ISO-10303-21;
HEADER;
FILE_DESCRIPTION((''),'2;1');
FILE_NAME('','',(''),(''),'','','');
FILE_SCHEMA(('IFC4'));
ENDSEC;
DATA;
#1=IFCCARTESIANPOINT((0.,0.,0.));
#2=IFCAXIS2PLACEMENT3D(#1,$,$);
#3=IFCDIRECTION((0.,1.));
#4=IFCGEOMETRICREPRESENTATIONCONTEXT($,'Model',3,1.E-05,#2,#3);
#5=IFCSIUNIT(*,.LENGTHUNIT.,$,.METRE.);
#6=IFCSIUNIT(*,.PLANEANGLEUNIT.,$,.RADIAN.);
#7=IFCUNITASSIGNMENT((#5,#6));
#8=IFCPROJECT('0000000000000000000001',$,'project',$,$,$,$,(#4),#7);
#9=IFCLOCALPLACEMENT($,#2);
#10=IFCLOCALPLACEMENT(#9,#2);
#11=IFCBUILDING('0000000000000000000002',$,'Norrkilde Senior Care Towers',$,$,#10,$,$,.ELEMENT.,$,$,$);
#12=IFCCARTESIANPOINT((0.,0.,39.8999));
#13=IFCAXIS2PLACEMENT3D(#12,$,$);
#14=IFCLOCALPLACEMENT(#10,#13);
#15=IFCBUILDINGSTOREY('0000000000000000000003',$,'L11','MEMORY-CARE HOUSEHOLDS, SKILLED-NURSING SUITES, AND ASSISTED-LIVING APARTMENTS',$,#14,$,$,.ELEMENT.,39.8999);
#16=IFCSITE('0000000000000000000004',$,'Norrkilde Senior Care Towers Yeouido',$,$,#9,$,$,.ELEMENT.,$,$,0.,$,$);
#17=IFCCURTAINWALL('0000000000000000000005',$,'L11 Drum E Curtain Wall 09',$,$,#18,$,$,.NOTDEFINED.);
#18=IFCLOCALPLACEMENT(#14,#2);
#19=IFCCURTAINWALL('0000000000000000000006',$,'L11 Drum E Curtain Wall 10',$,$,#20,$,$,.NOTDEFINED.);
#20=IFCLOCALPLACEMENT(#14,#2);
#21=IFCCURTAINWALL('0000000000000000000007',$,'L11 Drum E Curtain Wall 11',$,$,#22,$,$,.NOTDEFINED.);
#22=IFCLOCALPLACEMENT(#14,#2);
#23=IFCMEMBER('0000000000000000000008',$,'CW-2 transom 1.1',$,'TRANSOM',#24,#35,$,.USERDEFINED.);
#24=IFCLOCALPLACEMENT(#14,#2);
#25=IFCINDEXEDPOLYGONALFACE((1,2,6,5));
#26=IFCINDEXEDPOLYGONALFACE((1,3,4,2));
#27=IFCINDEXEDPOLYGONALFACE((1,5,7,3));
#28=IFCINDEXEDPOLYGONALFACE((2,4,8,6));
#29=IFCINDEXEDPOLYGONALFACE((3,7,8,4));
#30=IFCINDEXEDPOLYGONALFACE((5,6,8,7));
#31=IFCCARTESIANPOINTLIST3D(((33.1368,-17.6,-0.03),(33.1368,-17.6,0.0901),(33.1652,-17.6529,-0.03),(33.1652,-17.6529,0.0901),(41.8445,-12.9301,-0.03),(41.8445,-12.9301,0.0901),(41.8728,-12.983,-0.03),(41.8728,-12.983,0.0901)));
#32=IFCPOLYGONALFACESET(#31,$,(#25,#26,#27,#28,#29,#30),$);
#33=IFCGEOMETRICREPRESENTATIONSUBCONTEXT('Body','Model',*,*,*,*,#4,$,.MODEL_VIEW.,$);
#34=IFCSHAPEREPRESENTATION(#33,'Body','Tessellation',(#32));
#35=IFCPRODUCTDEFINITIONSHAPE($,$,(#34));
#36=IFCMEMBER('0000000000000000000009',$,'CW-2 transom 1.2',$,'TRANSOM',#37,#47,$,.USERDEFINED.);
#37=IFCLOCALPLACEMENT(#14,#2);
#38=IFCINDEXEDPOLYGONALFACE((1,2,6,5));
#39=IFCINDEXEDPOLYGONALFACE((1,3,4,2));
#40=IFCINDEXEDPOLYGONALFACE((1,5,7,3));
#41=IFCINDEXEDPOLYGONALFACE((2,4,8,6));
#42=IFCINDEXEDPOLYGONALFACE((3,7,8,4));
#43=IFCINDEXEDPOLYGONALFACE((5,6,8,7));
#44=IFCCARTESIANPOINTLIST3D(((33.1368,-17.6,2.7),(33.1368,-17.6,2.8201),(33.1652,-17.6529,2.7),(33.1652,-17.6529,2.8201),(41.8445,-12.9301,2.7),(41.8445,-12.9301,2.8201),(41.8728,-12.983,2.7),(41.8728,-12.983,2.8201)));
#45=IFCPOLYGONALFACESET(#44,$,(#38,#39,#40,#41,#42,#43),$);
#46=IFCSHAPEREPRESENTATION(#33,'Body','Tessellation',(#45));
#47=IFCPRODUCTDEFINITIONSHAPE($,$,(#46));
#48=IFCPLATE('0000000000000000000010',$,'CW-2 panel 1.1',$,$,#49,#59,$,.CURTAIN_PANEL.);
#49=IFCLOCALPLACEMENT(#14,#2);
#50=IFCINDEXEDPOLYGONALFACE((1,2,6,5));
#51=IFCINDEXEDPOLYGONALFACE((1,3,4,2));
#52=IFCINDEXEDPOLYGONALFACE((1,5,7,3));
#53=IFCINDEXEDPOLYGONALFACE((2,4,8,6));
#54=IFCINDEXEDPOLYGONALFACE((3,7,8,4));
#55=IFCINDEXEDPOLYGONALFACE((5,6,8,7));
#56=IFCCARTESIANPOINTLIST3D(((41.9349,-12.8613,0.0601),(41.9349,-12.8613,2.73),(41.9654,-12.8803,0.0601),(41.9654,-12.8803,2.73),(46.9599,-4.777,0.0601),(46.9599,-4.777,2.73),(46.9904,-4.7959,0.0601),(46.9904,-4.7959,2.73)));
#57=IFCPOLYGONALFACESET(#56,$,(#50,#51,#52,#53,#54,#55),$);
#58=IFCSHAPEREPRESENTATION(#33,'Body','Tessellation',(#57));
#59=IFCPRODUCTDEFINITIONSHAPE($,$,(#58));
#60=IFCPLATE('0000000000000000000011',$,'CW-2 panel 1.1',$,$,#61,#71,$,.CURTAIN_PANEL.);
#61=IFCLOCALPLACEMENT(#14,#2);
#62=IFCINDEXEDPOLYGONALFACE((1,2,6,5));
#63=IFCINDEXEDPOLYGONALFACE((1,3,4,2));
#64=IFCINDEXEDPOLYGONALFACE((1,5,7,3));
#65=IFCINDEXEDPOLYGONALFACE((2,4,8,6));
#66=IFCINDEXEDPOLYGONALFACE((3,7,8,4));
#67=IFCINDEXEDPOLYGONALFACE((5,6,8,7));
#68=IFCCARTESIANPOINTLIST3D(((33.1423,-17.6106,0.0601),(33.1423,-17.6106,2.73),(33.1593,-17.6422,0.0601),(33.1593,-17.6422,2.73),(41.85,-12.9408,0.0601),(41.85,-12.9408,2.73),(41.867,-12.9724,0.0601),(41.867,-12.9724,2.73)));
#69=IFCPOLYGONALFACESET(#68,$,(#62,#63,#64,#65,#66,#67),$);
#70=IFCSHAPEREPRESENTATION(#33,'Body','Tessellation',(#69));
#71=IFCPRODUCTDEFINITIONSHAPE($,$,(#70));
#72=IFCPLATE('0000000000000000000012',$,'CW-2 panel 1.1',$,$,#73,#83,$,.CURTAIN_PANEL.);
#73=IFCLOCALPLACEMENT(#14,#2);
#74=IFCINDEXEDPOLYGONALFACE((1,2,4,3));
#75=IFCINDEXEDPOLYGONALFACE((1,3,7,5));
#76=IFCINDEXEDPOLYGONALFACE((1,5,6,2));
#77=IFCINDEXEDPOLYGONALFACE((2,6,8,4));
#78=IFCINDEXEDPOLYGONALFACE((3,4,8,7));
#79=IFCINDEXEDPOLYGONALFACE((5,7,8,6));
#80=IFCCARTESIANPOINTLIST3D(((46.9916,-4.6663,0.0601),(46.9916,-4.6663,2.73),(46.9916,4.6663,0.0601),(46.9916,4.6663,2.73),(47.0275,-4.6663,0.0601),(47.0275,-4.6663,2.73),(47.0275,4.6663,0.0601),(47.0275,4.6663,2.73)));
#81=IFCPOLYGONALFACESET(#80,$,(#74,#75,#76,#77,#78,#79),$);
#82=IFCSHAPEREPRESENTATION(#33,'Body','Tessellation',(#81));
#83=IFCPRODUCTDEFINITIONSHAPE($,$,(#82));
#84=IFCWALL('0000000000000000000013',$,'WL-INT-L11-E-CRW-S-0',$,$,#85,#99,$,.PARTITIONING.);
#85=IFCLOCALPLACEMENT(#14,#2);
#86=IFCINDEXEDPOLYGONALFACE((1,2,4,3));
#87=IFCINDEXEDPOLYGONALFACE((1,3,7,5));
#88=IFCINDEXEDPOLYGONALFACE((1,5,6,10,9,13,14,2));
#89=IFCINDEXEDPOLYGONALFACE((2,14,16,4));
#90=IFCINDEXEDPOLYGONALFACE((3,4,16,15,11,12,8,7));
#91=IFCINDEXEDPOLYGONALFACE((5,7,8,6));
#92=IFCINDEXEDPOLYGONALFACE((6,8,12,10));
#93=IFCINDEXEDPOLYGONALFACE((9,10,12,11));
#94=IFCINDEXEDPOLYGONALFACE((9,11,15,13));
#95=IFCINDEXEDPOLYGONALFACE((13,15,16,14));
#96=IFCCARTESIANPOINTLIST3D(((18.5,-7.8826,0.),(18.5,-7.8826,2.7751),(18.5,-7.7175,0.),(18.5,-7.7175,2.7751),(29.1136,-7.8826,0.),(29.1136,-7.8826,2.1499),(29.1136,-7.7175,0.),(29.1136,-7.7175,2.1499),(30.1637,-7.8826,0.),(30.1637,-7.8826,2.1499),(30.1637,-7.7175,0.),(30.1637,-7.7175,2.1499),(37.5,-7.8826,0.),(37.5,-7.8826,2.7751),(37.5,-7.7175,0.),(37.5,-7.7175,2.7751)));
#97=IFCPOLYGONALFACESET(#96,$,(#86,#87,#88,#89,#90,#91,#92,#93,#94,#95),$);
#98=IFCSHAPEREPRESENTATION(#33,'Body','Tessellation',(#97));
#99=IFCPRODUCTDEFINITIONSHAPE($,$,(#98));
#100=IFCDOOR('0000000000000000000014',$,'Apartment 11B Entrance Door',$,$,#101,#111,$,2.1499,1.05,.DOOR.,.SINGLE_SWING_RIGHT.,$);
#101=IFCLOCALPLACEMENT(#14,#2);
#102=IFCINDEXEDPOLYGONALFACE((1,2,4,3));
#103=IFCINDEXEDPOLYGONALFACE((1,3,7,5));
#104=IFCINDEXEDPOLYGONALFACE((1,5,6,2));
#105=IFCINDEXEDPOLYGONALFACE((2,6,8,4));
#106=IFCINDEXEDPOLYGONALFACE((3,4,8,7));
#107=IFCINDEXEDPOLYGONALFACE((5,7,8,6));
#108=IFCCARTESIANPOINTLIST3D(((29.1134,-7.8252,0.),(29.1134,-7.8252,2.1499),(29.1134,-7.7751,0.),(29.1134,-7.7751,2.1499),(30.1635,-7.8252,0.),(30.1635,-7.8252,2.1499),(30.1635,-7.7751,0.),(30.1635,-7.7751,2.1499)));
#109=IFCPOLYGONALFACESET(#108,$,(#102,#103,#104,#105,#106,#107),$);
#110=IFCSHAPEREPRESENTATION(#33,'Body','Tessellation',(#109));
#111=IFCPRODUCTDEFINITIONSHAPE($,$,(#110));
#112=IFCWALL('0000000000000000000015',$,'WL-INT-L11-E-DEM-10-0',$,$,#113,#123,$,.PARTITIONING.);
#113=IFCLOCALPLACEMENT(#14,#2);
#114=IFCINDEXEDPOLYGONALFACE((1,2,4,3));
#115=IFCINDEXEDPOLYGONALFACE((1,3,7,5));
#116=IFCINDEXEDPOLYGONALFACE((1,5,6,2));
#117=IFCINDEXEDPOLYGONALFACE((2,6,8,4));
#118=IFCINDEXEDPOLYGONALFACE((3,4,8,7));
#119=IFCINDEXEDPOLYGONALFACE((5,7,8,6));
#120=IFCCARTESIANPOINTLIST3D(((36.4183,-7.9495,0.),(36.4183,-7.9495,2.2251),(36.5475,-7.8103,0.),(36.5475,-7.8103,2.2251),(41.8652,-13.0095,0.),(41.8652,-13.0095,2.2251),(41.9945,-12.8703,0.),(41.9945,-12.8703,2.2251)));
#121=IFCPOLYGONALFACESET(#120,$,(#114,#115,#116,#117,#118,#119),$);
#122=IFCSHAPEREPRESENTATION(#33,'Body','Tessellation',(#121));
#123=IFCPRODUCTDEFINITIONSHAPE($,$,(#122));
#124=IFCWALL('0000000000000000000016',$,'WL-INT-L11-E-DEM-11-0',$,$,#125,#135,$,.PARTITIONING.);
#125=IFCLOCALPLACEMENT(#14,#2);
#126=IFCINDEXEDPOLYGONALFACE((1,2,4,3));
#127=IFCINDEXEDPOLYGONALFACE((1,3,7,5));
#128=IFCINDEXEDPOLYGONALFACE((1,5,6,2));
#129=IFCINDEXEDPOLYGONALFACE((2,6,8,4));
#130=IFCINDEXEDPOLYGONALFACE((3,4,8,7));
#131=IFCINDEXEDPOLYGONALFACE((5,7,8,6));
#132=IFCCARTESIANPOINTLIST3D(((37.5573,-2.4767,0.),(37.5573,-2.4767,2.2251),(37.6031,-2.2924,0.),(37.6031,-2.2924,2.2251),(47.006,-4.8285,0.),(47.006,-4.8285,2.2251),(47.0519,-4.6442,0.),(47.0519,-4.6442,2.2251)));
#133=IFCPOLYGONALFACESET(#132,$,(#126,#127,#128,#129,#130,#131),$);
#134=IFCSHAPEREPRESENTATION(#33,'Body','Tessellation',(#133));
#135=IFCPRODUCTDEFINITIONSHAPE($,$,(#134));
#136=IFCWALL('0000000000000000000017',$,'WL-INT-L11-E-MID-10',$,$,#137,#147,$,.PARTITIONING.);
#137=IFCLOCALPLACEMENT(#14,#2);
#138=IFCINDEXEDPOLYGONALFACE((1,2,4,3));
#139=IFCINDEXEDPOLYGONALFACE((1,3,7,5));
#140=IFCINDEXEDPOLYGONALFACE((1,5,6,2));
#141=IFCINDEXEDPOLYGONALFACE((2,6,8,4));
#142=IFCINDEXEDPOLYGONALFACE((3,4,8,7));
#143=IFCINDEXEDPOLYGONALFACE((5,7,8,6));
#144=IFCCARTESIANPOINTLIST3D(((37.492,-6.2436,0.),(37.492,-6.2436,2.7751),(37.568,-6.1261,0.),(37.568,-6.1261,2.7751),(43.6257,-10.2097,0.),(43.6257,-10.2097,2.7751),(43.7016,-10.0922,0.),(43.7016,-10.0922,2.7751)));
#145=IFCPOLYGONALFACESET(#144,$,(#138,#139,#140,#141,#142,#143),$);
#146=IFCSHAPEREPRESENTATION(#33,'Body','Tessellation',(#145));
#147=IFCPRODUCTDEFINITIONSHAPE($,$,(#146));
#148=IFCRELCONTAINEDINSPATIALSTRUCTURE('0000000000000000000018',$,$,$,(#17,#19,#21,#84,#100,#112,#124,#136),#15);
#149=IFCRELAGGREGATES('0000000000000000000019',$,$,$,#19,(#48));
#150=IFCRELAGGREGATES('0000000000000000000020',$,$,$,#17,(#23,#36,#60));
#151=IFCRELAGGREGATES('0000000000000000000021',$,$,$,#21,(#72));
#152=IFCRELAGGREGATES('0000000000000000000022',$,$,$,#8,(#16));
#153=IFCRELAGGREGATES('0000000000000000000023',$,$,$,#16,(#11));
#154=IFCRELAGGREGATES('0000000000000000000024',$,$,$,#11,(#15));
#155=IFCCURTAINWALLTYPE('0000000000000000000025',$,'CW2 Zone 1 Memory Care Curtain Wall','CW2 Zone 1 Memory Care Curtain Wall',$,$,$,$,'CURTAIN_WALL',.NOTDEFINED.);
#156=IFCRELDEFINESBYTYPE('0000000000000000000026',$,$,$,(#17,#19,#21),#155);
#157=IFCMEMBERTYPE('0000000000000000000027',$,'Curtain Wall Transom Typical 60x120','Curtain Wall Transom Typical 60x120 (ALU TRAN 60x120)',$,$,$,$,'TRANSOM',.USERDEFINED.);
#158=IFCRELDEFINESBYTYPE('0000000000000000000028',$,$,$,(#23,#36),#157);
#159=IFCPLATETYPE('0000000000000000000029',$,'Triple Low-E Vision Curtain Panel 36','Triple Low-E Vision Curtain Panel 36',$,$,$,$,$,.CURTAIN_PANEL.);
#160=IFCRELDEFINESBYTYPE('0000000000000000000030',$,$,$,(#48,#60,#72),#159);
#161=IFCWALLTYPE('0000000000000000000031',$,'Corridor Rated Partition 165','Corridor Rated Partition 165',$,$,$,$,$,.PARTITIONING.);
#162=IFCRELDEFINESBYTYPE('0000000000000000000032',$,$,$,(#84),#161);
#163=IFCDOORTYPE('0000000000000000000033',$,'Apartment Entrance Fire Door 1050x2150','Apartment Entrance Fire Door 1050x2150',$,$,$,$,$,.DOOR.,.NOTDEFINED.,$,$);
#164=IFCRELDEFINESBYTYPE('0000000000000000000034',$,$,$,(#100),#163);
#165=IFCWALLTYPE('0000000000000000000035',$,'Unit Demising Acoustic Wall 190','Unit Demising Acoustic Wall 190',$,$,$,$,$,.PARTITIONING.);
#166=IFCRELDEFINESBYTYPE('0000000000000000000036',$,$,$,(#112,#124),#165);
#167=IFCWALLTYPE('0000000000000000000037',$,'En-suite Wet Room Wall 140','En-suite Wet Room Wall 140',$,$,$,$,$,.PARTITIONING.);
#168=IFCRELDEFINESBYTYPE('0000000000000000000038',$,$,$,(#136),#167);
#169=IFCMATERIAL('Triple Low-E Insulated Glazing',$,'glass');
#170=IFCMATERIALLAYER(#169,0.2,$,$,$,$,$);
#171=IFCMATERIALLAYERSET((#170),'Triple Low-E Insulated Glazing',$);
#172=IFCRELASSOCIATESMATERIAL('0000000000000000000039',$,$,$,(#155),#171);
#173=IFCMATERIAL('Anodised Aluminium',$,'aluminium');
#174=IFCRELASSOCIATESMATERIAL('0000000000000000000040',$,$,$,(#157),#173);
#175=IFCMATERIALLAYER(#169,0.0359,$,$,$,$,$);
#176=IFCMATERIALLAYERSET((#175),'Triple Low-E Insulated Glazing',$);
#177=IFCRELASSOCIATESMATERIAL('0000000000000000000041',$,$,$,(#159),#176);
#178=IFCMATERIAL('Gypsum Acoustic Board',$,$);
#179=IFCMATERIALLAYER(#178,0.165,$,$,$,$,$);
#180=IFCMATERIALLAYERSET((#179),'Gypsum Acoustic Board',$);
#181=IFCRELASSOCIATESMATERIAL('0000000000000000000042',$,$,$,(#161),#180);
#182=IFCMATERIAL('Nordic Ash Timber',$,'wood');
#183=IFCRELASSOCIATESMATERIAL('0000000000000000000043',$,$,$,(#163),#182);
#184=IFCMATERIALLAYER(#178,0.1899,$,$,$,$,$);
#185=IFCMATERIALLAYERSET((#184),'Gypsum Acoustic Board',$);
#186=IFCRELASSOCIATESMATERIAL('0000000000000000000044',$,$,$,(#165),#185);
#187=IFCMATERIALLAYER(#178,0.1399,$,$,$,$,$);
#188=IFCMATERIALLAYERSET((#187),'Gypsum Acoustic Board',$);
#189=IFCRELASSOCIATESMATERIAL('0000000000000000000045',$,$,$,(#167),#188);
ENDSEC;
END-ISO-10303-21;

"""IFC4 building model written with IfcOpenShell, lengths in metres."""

from ifc_helpers import new_model, si_unit, direction, frame, frame_2d, origin, origin_2d, place, context, subcontext, project, spatial, rectangle, extrude, source, transform, mapped, material, layer, layer_set, material_profile, profile_set, type_object, type_shapes, element, fill, aggregate, save


model = new_model("IFC4")

# Units and contexts
model_context = context("Model", 3, precision=1e-05, world=origin(), true_north=direction((0.0, 1.0)))
body_context = subcontext(model_context, "Body", "Model", "MODEL_VIEW")
ifc_project = project(units=[si_unit("LENGTHUNIT", "METRE"), si_unit("PLANEANGLEUNIT", "RADIAN")], contexts=[model_context])

# Site, building, storey
site_placement = place(None, origin())
site = spatial("IfcSite", under=ifc_project, at=site_placement, Name="Norrkilde Senior Care Towers Yeouido", CompositionType="ELEMENT", RefElevation=0.0)
building_placement = place(site_placement, origin())
building = spatial("IfcBuilding", under=site, at=building_placement, Name="Norrkilde Senior Care Towers", CompositionType="ELEMENT")
storey_placement = place(building_placement, frame((0.0, 0.0, 39.8999)))
storey = spatial("IfcBuildingStorey", under=building, at=storey_placement, Name="L11", Description="MEMORY-CARE HOUSEHOLDS, SKILLED-NURSING SUITES, AND ASSISTED-LIVING APARTMENTS", CompositionType="ELEMENT", Elevation=39.8999)

# Curtain wall
ifc_material_1 = material(Name="Triple Low-E Insulated Glazing", Category="glass")
ifc_layer_1 = layer(ifc_material_1, 0.2)
ifc_layer_set_1 = layer_set([ifc_layer_1], Name="Triple Low-E Insulated Glazing")
curtain_wall_type = type_object("IfcCurtainWallType", Name="CW2 Zone 1 Memory Care Curtain Wall", Description="CW2 Zone 1 Memory Care Curtain Wall", ElementType="CURTAIN_WALL", PredefinedType="NOTDEFINED", material=ifc_layer_set_1)
curtain_wall_1_placement = place(storey_placement, origin())
curtain_wall_1 = element("IfcCurtainWall", 1, at=curtain_wall_1_placement, inside=storey, type_object=curtain_wall_type, Name="L11 Drum E Curtain Wall 09", PredefinedType="NOTDEFINED")
ifc_material_2 = material(Name="Anodised Aluminium", Category="aluminium")

# Curtain wall
curtain_wall_2_placement = place(storey_placement, origin())
curtain_wall_2 = element("IfcCurtainWall", 2, at=curtain_wall_2_placement, inside=storey, type_object=curtain_wall_type, Name="L11 Drum E Curtain Wall 10", PredefinedType="NOTDEFINED")

# Curtain wall
curtain_wall_3_placement = place(storey_placement, origin())
curtain_wall_3 = element("IfcCurtainWall", 3, at=curtain_wall_3_placement, inside=storey, type_object=curtain_wall_type, Name="L11 Drum E Curtain Wall 11", PredefinedType="NOTDEFINED")

# Members
ifc_material_profile_1 = material_profile(ifc_material_2, rectangle(XDim=0.0601, YDim=0.1201, at=origin_2d()), Name="ALU TRAN 60x120")
ifc_profile_set_1 = profile_set([ifc_material_profile_1], Name="Anodised Aluminium")
member_type_1 = type_object("IfcMemberType", Name="Curtain Wall Transom Typical 60x120", Description="Curtain Wall Transom Typical 60x120 (ALU TRAN 60x120)", ElementType="TRANSOM", PredefinedType="USERDEFINED", material=ifc_profile_set_1)
shared_shape_1 = source(origin(), body_context, "Body", "SweptSolid", [
    extrude(rectangle(XDim=0.0601, YDim=0.1201, at=origin_2d()), origin(), (0.0, 0.0, 1.0), 9.8809),
])
member_1_placement = place(storey_placement, frame((41.8586, -12.9565, 0.03), z_axis=(-0.881267, -0.472618, 0.0), x_axis=(0.472618, -0.881267, 0.0)))
member_1 = element("IfcMember", 4, at=member_1_placement, type_object=member_type_1, Name="CW-2 transom 1.1", ObjectType="TRANSOM", PredefinedType="USERDEFINED", context=body_context, shape_type="MappedRepresentation", body=[
    mapped(shared_shape_1, transform((0.0, 0.0, 0.0), x_axis=(1.0, 0.0, 0.0), y_axis=(0.0, 1.0, 0.0), z_axis=(0.0, 0.0, 1.0), scale=1.0)),
])
member_2_placement = place(storey_placement, frame((41.8586, -12.9565, 2.76), z_axis=(-0.881267, -0.472618, 0.0), x_axis=(0.472618, -0.881267, 0.0)))
member_2 = element("IfcMember", 5, at=member_2_placement, type_object=member_type_1, Name="CW-2 transom 1.2", ObjectType="TRANSOM", PredefinedType="USERDEFINED", context=body_context, shape_type="MappedRepresentation", body=[
    mapped(shared_shape_1, transform((0.0, 0.0, 0.0), x_axis=(1.0, 0.0, 0.0), y_axis=(0.0, 1.0, 0.0), z_axis=(0.0, 0.0, 1.0), scale=1.0)),
])

# Plates
ifc_layer_2 = layer(ifc_material_1, 0.0359)
ifc_layer_set_2 = layer_set([ifc_layer_2], Name="Triple Low-E Insulated Glazing")
plate_type = type_object("IfcPlateType", Name="Triple Low-E Vision Curtain Panel 36", Description="Triple Low-E Vision Curtain Panel 36", PredefinedType="CURTAIN_PANEL", material=ifc_layer_set_2)
shared_shape_2 = source(origin(), body_context, "Body", "SweptSolid", [
    extrude(rectangle(XDim=9.5188, YDim=0.0359, at=origin_2d()), origin(), (0.0, 0.0, 1.0), 2.6699),
])
plate_1_placement = place(storey_placement, frame((44.4626, -8.8286, 0.0601), z_axis=(0.0, 0.0, 1.0), x_axis=(-0.527901, -0.849306, 0.0)))
plate_1 = element("IfcPlate", 6, at=plate_1_placement, type_object=plate_type, Name="CW-2 panel 1.1", PredefinedType="CURTAIN_PANEL", context=body_context, shape_type="MappedRepresentation", body=[
    mapped(shared_shape_2, transform((0.0, 0.0, 0.0), x_axis=(1.0, 0.0, 0.0), y_axis=(0.0, 1.0, 0.0), z_axis=(0.0, 0.0, 1.0), scale=1.0)),
])
aggregate(curtain_wall_2, [plate_1])
shared_shape_3 = source(origin(), body_context, "Body", "SweptSolid", [
    extrude(rectangle(XDim=9.8809, YDim=0.0359, at=origin_2d()), origin(), (0.0, 0.0, 1.0), 2.6699),
])
plate_2_placement = place(storey_placement, frame((37.5046, -15.2915, 0.0601), z_axis=(0.0, 0.0, 1.0), x_axis=(-0.881273, -0.472608, 0.0)))
plate_2 = element("IfcPlate", 7, at=plate_2_placement, type_object=plate_type, Name="CW-2 panel 1.1", PredefinedType="CURTAIN_PANEL", context=body_context, shape_type="MappedRepresentation", body=[
    mapped(shared_shape_3, transform((0.0, 0.0, 0.0), x_axis=(1.0, 0.0, 0.0), y_axis=(0.0, 1.0, 0.0), z_axis=(0.0, 0.0, 1.0), scale=1.0)),
])
aggregate(curtain_wall_1, [member_1, member_2, plate_2])
shared_shape_4 = source(origin(), body_context, "Body", "SweptSolid", [
    extrude(rectangle(XDim=9.3325, YDim=0.0359, at=origin_2d()), origin(), (0.0, 0.0, 1.0), 2.6699),
])
type_shapes(plate_type, [shared_shape_2, shared_shape_3, shared_shape_4])
plate_3_placement = place(storey_placement, frame((47.0095, 0.0, 0.0601), z_axis=(0.0, 0.0, 1.0), x_axis=(0.0, -1.0, 0.0)))
plate_3 = element("IfcPlate", 8, at=plate_3_placement, type_object=plate_type, Name="CW-2 panel 1.1", PredefinedType="CURTAIN_PANEL", context=body_context, shape_type="MappedRepresentation", body=[
    mapped(shared_shape_4, transform((0.0, 0.0, 0.0), x_axis=(1.0, 0.0, 0.0), y_axis=(0.0, 1.0, 0.0), z_axis=(0.0, 0.0, 1.0), scale=1.0)),
])
aggregate(curtain_wall_3, [plate_3])

# Wall, opening, door
ifc_material_3 = material(Name="Gypsum Acoustic Board")
ifc_layer_3 = layer(ifc_material_3, 0.165)
ifc_layer_set_3 = layer_set([ifc_layer_3], Name="Gypsum Acoustic Board")
wall_type_1 = type_object("IfcWallType", Name="Corridor Rated Partition 165", Description="Corridor Rated Partition 165", PredefinedType="PARTITIONING", material=ifc_layer_set_3)
shared_shape_5 = source(origin(), body_context, "Body", "SweptSolid", [
    extrude(rectangle(XDim=19.0, YDim=0.165, at=frame_2d((9.5, 0.0))), origin(), (0.0, 0.0, 1.0), 2.7751),
])
type_shapes(wall_type_1, [shared_shape_5])
wall_1_placement = place(storey_placement, frame((37.5, -7.8, 0.0), z_axis=(0.0, 0.0, 1.0), x_axis=(-1.0, 0.0, 0.0)))
wall_1 = element("IfcWall", 9, at=wall_1_placement, inside=storey, type_object=wall_type_1, Name="WL-INT-L11-E-CRW-S-0", PredefinedType="PARTITIONING", context=body_context, shape_type="MappedRepresentation", body=[
    mapped(shared_shape_5, transform((0.0, 0.0, 0.0), x_axis=(1.0, 0.0, 0.0), y_axis=(0.0, 1.0, 0.0), z_axis=(0.0, 0.0, 1.0), scale=1.0)),
])
opening_placement = place(wall_1_placement, frame((7.3364, 0.0, 0.0)))
opening = element("IfcOpeningElement", 10, at=opening_placement, cuts=wall_1, PredefinedType="OPENING", context=body_context, shape_type="SweptSolid", body=[
    extrude(rectangle(XDim=1.05, YDim=2.1499, at=frame_2d((0.5249, 1.075))), frame((0.0, 0.0925, 0.0), z_axis=(0.0, -1.0, 0.0), x_axis=(1.0, 0.0, 0.0)), (0.0, 0.0, 1.0), 0.1851),
])
ifc_material_4 = material(Name="Nordic Ash Timber", Category="wood")
door_type = type_object("IfcDoorType", Name="Apartment Entrance Fire Door 1050x2150", Description="Apartment Entrance Fire Door 1050x2150", OperationType="NOTDEFINED", PredefinedType="DOOR", material=ifc_material_4)
shared_shape_6 = source(origin(), body_context, "Body", "SweptSolid", [
    extrude(rectangle(XDim=1.05, YDim=2.1499, at=frame_2d((0.5249, 1.075))), frame((0.0, 0.0249, 0.0), z_axis=(0.0, -1.0, 0.0), x_axis=(1.0, 0.0, 0.0)), (0.0, 0.0, 1.0), 0.05),
])
type_shapes(door_type, [shared_shape_6])
door_placement = place(opening_placement, frame((1.05, 0.0, 0.0), z_axis=(0.0, 0.0, 1.0), x_axis=(-1.0, 0.0, 0.0)))
door = element("IfcDoor", 11, at=door_placement, inside=storey, type_object=door_type, Name="Apartment 11B Entrance Door", OperationType="SINGLE_SWING_RIGHT", OverallHeight=2.1499, OverallWidth=1.05, PredefinedType="DOOR", context=body_context, shape_type="MappedRepresentation", body=[
    mapped(shared_shape_6, transform((0.0, 0.0, 0.0), x_axis=(1.0, 0.0, 0.0), y_axis=(0.0, 1.0, 0.0), z_axis=(0.0, 0.0, 1.0), scale=1.0)),
])
fill(opening, door)

# Walls
ifc_layer_4 = layer(ifc_material_3, 0.1899)
ifc_layer_set_4 = layer_set([ifc_layer_4], Name="Gypsum Acoustic Board")
wall_type_2 = type_object("IfcWallType", Name="Unit Demising Acoustic Wall 190", Description="Unit Demising Acoustic Wall 190", PredefinedType="PARTITIONING", material=ifc_layer_set_4)
shared_shape_7 = source(origin(), body_context, "Body", "SweptSolid", [
    extrude(rectangle(XDim=7.4346, YDim=0.1899, at=frame_2d((3.7173, 0.0))), origin(), (0.0, 0.0, 1.0), 2.2251),
])
wall_2_placement = place(storey_placement, frame((36.4829, -7.8799, 0.0), z_axis=(0.0, 0.0, 1.0), x_axis=(0.732652, -0.680603, 0.0)))
element("IfcWall", 12, at=wall_2_placement, inside=storey, type_object=wall_type_2, Name="WL-INT-L11-E-DEM-10-0", PredefinedType="PARTITIONING", context=body_context, shape_type="MappedRepresentation", body=[
    mapped(shared_shape_7, transform((0.0, 0.0, 0.0), x_axis=(1.0, 0.0, 0.0), y_axis=(0.0, 1.0, 0.0), z_axis=(0.0, 0.0, 1.0), scale=1.0)),
])
shared_shape_8 = source(origin(), body_context, "Body", "SweptSolid", [
    extrude(rectangle(XDim=9.7371, YDim=0.1899, at=frame_2d((4.8687, 0.0))), origin(), (0.0, 0.0, 1.0), 2.2251),
])
type_shapes(wall_type_2, [shared_shape_7, shared_shape_8])
wall_3_placement = place(storey_placement, frame((37.5801, -2.3845, 0.0), z_axis=(0.0, 0.0, 1.0), x_axis=(0.970393, -0.241533, 0.0)))
element("IfcWall", 13, at=wall_3_placement, inside=storey, type_object=wall_type_2, Name="WL-INT-L11-E-DEM-11-0", PredefinedType="PARTITIONING", context=body_context, shape_type="MappedRepresentation", body=[
    mapped(shared_shape_8, transform((0.0, 0.0, 0.0), x_axis=(1.0, 0.0, 0.0), y_axis=(0.0, 1.0, 0.0), z_axis=(0.0, 0.0, 1.0), scale=1.0)),
])
ifc_layer_5 = layer(ifc_material_3, 0.1399)
ifc_layer_set_5 = layer_set([ifc_layer_5], Name="Gypsum Acoustic Board")
wall_type_3 = type_object("IfcWallType", Name="En-suite Wet Room Wall 140", Description="En-suite Wet Room Wall 140", PredefinedType="PARTITIONING", material=ifc_layer_set_5)
shared_shape_9 = source(origin(), body_context, "Body", "SweptSolid", [
    extrude(rectangle(XDim=7.3042, YDim=0.1399, at=frame_2d((3.6521, 0.0))), origin(), (0.0, 0.0, 1.0), 2.7751),
])
type_shapes(wall_type_3, [shared_shape_9])
wall_4_placement = place(storey_placement, frame((37.53, -6.1848, 0.0), z_axis=(0.0, 0.0, 1.0), x_axis=(0.839739, -0.542991, 0.0)))
element("IfcWall", 14, at=wall_4_placement, inside=storey, type_object=wall_type_3, Name="WL-INT-L11-E-MID-10", PredefinedType="PARTITIONING", context=body_context, shape_type="MappedRepresentation", body=[
    mapped(shared_shape_9, transform((0.0, 0.0, 0.0), x_axis=(1.0, 0.0, 0.0), y_axis=(0.0, 1.0, 0.0), z_axis=(0.0, 0.0, 1.0), scale=1.0)),
])

save(model, "model.ifc")
